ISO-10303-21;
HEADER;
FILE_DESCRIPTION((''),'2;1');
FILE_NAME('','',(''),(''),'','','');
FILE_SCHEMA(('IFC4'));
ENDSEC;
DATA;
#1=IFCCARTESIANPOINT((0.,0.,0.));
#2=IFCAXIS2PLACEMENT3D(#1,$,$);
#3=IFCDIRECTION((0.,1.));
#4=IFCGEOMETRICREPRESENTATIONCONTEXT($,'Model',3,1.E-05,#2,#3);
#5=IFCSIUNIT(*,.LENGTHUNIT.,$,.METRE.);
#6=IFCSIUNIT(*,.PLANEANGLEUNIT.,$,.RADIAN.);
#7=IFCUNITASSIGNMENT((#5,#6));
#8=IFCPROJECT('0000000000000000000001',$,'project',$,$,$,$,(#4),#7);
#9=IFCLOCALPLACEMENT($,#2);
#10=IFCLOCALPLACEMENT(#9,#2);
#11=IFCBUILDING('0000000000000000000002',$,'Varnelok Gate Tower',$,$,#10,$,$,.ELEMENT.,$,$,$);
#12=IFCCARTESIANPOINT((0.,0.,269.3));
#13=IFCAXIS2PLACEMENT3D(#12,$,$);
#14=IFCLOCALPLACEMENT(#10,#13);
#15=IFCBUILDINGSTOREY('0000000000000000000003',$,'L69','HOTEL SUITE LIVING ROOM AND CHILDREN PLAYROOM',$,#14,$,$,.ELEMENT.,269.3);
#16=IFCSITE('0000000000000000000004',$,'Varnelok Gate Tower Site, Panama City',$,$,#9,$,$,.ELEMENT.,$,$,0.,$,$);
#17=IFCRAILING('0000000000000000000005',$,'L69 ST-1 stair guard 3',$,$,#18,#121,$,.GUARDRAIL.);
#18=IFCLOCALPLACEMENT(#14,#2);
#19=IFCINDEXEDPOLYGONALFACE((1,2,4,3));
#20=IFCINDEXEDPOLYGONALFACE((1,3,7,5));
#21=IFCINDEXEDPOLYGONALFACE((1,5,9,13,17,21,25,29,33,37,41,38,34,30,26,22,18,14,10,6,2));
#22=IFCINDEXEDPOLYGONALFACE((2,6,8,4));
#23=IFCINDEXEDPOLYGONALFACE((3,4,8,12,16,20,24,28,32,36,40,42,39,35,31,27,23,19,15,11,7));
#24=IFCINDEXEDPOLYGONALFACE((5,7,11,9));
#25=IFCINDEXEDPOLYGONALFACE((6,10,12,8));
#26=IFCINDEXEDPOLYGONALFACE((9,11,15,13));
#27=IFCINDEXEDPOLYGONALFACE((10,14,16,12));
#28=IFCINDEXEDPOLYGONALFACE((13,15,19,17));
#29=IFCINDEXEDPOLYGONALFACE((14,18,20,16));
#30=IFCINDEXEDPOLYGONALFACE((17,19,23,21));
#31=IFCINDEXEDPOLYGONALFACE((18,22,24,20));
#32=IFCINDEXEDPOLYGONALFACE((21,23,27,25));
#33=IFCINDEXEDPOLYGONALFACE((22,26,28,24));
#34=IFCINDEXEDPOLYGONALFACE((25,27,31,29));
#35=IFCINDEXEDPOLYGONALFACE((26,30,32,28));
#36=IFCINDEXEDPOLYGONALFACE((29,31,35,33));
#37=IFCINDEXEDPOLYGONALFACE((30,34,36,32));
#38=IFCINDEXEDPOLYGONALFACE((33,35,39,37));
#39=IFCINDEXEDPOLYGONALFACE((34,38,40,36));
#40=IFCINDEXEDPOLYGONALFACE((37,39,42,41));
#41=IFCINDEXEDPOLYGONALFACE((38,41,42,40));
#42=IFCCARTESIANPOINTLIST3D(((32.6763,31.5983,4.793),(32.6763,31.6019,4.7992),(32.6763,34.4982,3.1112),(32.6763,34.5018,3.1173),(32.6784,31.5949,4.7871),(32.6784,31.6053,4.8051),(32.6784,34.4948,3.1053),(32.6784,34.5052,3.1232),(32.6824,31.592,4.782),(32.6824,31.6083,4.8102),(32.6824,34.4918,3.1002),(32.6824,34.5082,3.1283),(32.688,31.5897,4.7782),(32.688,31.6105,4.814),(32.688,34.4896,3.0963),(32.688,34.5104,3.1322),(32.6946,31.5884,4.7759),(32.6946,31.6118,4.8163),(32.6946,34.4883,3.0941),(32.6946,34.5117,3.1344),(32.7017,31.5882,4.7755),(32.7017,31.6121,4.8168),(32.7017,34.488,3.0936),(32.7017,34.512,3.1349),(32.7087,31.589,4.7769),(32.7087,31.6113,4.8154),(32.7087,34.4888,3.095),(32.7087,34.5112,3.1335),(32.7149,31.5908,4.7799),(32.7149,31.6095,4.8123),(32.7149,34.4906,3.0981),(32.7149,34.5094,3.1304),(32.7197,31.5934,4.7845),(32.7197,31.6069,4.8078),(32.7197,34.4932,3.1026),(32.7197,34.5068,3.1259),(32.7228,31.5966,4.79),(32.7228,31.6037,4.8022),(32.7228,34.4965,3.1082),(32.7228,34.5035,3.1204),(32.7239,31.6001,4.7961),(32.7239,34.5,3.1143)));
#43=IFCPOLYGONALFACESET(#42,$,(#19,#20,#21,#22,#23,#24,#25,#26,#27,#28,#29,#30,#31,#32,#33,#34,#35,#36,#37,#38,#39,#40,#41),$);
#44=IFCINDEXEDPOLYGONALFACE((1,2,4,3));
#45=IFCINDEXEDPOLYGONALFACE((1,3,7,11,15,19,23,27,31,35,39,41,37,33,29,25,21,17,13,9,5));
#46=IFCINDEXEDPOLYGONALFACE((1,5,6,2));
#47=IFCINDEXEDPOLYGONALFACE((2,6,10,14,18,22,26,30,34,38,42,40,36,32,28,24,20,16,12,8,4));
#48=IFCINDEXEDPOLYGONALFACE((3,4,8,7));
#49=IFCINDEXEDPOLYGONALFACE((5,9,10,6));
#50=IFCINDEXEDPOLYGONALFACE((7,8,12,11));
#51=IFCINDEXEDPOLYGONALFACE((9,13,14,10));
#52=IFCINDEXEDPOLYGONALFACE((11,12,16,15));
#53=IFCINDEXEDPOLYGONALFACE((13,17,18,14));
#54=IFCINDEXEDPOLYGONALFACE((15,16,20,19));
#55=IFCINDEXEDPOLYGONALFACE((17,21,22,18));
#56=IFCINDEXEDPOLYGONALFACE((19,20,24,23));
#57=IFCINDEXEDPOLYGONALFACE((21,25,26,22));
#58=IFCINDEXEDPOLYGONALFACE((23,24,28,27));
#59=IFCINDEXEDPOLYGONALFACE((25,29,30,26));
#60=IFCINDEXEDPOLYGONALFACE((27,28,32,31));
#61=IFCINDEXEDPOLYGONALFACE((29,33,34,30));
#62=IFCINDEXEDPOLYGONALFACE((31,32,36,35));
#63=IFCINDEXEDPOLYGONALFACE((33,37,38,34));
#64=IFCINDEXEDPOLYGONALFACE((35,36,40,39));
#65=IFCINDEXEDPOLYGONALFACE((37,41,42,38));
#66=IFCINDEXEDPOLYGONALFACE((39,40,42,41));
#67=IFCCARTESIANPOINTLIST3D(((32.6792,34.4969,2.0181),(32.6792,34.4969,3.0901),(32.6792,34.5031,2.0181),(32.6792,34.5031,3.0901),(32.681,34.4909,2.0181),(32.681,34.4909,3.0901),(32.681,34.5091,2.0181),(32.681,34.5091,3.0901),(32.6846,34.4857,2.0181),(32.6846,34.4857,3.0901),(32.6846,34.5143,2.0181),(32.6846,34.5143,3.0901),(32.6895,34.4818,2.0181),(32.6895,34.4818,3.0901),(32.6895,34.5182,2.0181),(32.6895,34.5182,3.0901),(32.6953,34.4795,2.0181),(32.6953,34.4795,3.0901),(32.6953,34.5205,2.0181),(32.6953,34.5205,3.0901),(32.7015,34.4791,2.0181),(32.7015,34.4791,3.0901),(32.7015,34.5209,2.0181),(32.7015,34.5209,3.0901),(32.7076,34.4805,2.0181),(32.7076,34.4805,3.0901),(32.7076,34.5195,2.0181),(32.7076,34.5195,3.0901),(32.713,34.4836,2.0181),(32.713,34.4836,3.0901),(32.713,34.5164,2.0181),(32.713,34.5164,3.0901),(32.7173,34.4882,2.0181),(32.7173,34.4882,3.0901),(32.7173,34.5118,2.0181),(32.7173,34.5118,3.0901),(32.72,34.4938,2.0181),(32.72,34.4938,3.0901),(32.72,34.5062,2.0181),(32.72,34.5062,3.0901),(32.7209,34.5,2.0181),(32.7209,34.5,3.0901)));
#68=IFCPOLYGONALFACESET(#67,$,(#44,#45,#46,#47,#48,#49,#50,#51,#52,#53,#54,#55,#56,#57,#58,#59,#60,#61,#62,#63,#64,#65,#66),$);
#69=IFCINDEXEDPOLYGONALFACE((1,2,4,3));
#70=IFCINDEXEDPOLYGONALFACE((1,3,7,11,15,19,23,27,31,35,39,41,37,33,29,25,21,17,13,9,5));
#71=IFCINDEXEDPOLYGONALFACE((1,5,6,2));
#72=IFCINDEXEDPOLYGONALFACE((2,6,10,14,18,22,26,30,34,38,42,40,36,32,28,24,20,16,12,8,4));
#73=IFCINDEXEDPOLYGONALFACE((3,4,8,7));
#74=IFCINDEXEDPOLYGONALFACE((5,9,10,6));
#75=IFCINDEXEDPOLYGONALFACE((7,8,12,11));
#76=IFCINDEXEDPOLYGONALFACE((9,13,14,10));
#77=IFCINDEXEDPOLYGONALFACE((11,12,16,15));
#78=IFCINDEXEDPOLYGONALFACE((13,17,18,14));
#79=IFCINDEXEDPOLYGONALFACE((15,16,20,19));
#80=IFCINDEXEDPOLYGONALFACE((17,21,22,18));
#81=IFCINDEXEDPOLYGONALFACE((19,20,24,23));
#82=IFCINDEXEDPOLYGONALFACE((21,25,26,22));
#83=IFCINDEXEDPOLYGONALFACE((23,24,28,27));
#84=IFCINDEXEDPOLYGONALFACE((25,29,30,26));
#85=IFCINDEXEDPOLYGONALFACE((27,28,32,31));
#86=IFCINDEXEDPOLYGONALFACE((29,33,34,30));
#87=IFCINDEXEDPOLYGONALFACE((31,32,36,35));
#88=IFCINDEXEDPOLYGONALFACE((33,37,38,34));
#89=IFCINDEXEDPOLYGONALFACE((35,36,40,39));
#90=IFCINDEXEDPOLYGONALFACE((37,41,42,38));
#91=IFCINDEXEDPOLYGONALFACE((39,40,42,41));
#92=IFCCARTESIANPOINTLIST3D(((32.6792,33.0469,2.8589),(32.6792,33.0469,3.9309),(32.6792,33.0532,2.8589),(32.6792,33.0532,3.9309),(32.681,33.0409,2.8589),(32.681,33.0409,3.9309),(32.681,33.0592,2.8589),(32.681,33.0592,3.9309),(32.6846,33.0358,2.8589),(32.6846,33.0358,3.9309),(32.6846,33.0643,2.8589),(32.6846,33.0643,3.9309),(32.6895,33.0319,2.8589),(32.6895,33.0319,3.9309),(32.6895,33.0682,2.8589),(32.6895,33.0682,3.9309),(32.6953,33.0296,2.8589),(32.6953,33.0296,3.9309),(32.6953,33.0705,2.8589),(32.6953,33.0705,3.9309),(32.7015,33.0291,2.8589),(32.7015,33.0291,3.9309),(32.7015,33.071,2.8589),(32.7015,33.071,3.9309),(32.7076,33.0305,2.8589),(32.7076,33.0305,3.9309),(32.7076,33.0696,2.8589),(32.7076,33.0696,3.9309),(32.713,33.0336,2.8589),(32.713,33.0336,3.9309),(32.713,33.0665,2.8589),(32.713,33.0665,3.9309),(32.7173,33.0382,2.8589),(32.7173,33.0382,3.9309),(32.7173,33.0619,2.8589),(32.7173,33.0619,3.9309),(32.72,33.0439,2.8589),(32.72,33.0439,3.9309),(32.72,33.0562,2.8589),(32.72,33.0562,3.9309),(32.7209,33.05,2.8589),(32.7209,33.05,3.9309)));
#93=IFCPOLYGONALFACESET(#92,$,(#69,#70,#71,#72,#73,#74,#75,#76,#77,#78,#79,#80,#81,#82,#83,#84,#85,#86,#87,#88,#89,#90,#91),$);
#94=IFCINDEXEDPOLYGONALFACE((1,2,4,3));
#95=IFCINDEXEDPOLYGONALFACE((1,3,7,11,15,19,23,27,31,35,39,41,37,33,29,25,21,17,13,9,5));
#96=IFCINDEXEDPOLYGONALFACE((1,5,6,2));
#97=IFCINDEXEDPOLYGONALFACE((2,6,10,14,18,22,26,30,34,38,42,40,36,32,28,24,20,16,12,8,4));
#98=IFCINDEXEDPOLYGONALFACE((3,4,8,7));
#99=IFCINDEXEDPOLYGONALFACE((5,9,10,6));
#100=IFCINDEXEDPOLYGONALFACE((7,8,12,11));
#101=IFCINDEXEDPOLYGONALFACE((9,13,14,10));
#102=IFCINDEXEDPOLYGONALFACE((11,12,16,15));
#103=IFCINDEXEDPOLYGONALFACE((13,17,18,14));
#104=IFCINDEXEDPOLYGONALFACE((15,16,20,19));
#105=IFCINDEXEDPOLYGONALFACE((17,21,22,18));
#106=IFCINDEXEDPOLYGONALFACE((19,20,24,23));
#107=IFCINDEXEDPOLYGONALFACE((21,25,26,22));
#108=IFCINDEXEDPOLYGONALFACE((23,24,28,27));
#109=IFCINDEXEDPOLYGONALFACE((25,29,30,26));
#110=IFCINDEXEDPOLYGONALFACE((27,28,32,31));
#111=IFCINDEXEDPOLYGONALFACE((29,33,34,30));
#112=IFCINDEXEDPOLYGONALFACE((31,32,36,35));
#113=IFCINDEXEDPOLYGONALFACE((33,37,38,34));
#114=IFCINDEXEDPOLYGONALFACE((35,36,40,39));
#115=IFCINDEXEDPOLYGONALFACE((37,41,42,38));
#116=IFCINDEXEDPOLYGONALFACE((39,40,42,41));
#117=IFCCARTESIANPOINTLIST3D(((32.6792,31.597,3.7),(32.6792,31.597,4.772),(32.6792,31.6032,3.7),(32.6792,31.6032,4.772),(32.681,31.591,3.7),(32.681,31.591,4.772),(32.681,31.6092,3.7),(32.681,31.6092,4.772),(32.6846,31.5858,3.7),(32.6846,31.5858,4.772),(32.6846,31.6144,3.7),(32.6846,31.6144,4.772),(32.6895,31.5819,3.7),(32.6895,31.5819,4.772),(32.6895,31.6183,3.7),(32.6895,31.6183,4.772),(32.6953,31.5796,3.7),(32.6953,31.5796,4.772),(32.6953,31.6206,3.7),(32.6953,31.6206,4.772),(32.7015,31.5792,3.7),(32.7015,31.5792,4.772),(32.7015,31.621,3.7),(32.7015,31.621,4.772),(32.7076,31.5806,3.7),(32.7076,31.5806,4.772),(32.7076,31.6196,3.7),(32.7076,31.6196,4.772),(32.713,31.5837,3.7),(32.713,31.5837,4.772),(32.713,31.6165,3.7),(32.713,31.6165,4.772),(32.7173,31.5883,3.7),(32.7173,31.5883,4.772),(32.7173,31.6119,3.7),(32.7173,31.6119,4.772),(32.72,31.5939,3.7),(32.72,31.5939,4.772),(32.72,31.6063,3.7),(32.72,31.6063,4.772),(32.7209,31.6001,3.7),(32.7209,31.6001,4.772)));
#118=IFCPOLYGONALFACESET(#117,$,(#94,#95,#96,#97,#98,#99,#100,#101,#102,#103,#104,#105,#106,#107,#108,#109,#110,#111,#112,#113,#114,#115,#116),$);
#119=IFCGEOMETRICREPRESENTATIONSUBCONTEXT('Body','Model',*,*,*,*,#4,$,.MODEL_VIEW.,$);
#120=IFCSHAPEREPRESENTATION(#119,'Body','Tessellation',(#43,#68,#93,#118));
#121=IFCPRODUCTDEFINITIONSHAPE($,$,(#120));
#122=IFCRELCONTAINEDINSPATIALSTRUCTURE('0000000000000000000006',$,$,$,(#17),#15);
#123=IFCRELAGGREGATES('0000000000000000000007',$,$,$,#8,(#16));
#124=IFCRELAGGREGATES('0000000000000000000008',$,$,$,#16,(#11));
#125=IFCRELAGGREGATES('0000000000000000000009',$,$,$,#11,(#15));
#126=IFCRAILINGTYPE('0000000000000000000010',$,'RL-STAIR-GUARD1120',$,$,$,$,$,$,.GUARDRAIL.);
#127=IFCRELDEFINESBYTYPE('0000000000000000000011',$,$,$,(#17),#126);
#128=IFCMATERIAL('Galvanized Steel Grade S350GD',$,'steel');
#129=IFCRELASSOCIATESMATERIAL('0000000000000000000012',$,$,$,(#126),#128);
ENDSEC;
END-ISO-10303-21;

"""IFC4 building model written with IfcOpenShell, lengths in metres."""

from ifc_helpers import new_model, si_unit, direction, frame, origin, origin_2d, place, context, subcontext, project, spatial, circle, extrude, material, type_object, element, save


model = new_model("IFC4")

# Units and contexts
model_context = context("Model", 3, precision=1e-05, world=origin(), true_north=direction((0.0, 1.0)))
body_context = subcontext(model_context, "Body", "Model", "MODEL_VIEW")
ifc_project = project(units=[si_unit("LENGTHUNIT", "METRE"), si_unit("PLANEANGLEUNIT", "RADIAN")], contexts=[model_context])

# Site, building, storey
site_placement = place(None, origin())
site = spatial("IfcSite", under=ifc_project, at=site_placement, Name="Varnelok Gate Tower Site, Panama City", CompositionType="ELEMENT", RefElevation=0.0)
building_placement = place(site_placement, origin())
building = spatial("IfcBuilding", under=site, at=building_placement, Name="Varnelok Gate Tower", CompositionType="ELEMENT")
storey_placement = place(building_placement, frame((0.0, 0.0, 269.3)))
storey = spatial("IfcBuildingStorey", under=building, at=storey_placement, Name="L69", Description="HOTEL SUITE LIVING ROOM AND CHILDREN PLAYROOM", CompositionType="ELEMENT", Elevation=269.3)

# Shared definitions
ifc_material_1 = material(Name="Galvanized Steel Grade S350GD", Category="steel")

# Railing
railing_type_1 = type_object("IfcRailingType", Name="RL-STAIR-GUARD1120", PredefinedType="GUARDRAIL", material=ifc_material_1)
railing_1_placement = place(storey_placement, frame((32.7, 34.5, 2.0181)))
element("IfcRailing", 1, at=railing_1_placement, inside=storey, type_object=railing_type_1, Name="L69 ST-1 stair guard 3", PredefinedType="GUARDRAIL", context=body_context, shape_type="SweptSolid", body=[
    extrude(circle(Radius=0.0239, at=origin_2d()), frame((0.0, 0.0, 1.0962), z_axis=(0.0, -0.865039, 0.501705), x_axis=(1.0, 0.0, 0.0)), (0.0, 0.0, 1.0), 3.3523),
    extrude(circle(Radius=0.021, at=origin_2d()), origin(), (0.0, 0.0, 1.0), 1.072),
    extrude(circle(Radius=0.021, at=origin_2d()), frame((0.0, -1.45, 0.8408)), (0.0, 0.0, 1.0), 1.072),
    extrude(circle(Radius=0.021, at=origin_2d()), frame((0.0, -2.8999, 1.6819)), (0.0, 0.0, 1.0), 1.072),
])

save(model, "model.ifc")
